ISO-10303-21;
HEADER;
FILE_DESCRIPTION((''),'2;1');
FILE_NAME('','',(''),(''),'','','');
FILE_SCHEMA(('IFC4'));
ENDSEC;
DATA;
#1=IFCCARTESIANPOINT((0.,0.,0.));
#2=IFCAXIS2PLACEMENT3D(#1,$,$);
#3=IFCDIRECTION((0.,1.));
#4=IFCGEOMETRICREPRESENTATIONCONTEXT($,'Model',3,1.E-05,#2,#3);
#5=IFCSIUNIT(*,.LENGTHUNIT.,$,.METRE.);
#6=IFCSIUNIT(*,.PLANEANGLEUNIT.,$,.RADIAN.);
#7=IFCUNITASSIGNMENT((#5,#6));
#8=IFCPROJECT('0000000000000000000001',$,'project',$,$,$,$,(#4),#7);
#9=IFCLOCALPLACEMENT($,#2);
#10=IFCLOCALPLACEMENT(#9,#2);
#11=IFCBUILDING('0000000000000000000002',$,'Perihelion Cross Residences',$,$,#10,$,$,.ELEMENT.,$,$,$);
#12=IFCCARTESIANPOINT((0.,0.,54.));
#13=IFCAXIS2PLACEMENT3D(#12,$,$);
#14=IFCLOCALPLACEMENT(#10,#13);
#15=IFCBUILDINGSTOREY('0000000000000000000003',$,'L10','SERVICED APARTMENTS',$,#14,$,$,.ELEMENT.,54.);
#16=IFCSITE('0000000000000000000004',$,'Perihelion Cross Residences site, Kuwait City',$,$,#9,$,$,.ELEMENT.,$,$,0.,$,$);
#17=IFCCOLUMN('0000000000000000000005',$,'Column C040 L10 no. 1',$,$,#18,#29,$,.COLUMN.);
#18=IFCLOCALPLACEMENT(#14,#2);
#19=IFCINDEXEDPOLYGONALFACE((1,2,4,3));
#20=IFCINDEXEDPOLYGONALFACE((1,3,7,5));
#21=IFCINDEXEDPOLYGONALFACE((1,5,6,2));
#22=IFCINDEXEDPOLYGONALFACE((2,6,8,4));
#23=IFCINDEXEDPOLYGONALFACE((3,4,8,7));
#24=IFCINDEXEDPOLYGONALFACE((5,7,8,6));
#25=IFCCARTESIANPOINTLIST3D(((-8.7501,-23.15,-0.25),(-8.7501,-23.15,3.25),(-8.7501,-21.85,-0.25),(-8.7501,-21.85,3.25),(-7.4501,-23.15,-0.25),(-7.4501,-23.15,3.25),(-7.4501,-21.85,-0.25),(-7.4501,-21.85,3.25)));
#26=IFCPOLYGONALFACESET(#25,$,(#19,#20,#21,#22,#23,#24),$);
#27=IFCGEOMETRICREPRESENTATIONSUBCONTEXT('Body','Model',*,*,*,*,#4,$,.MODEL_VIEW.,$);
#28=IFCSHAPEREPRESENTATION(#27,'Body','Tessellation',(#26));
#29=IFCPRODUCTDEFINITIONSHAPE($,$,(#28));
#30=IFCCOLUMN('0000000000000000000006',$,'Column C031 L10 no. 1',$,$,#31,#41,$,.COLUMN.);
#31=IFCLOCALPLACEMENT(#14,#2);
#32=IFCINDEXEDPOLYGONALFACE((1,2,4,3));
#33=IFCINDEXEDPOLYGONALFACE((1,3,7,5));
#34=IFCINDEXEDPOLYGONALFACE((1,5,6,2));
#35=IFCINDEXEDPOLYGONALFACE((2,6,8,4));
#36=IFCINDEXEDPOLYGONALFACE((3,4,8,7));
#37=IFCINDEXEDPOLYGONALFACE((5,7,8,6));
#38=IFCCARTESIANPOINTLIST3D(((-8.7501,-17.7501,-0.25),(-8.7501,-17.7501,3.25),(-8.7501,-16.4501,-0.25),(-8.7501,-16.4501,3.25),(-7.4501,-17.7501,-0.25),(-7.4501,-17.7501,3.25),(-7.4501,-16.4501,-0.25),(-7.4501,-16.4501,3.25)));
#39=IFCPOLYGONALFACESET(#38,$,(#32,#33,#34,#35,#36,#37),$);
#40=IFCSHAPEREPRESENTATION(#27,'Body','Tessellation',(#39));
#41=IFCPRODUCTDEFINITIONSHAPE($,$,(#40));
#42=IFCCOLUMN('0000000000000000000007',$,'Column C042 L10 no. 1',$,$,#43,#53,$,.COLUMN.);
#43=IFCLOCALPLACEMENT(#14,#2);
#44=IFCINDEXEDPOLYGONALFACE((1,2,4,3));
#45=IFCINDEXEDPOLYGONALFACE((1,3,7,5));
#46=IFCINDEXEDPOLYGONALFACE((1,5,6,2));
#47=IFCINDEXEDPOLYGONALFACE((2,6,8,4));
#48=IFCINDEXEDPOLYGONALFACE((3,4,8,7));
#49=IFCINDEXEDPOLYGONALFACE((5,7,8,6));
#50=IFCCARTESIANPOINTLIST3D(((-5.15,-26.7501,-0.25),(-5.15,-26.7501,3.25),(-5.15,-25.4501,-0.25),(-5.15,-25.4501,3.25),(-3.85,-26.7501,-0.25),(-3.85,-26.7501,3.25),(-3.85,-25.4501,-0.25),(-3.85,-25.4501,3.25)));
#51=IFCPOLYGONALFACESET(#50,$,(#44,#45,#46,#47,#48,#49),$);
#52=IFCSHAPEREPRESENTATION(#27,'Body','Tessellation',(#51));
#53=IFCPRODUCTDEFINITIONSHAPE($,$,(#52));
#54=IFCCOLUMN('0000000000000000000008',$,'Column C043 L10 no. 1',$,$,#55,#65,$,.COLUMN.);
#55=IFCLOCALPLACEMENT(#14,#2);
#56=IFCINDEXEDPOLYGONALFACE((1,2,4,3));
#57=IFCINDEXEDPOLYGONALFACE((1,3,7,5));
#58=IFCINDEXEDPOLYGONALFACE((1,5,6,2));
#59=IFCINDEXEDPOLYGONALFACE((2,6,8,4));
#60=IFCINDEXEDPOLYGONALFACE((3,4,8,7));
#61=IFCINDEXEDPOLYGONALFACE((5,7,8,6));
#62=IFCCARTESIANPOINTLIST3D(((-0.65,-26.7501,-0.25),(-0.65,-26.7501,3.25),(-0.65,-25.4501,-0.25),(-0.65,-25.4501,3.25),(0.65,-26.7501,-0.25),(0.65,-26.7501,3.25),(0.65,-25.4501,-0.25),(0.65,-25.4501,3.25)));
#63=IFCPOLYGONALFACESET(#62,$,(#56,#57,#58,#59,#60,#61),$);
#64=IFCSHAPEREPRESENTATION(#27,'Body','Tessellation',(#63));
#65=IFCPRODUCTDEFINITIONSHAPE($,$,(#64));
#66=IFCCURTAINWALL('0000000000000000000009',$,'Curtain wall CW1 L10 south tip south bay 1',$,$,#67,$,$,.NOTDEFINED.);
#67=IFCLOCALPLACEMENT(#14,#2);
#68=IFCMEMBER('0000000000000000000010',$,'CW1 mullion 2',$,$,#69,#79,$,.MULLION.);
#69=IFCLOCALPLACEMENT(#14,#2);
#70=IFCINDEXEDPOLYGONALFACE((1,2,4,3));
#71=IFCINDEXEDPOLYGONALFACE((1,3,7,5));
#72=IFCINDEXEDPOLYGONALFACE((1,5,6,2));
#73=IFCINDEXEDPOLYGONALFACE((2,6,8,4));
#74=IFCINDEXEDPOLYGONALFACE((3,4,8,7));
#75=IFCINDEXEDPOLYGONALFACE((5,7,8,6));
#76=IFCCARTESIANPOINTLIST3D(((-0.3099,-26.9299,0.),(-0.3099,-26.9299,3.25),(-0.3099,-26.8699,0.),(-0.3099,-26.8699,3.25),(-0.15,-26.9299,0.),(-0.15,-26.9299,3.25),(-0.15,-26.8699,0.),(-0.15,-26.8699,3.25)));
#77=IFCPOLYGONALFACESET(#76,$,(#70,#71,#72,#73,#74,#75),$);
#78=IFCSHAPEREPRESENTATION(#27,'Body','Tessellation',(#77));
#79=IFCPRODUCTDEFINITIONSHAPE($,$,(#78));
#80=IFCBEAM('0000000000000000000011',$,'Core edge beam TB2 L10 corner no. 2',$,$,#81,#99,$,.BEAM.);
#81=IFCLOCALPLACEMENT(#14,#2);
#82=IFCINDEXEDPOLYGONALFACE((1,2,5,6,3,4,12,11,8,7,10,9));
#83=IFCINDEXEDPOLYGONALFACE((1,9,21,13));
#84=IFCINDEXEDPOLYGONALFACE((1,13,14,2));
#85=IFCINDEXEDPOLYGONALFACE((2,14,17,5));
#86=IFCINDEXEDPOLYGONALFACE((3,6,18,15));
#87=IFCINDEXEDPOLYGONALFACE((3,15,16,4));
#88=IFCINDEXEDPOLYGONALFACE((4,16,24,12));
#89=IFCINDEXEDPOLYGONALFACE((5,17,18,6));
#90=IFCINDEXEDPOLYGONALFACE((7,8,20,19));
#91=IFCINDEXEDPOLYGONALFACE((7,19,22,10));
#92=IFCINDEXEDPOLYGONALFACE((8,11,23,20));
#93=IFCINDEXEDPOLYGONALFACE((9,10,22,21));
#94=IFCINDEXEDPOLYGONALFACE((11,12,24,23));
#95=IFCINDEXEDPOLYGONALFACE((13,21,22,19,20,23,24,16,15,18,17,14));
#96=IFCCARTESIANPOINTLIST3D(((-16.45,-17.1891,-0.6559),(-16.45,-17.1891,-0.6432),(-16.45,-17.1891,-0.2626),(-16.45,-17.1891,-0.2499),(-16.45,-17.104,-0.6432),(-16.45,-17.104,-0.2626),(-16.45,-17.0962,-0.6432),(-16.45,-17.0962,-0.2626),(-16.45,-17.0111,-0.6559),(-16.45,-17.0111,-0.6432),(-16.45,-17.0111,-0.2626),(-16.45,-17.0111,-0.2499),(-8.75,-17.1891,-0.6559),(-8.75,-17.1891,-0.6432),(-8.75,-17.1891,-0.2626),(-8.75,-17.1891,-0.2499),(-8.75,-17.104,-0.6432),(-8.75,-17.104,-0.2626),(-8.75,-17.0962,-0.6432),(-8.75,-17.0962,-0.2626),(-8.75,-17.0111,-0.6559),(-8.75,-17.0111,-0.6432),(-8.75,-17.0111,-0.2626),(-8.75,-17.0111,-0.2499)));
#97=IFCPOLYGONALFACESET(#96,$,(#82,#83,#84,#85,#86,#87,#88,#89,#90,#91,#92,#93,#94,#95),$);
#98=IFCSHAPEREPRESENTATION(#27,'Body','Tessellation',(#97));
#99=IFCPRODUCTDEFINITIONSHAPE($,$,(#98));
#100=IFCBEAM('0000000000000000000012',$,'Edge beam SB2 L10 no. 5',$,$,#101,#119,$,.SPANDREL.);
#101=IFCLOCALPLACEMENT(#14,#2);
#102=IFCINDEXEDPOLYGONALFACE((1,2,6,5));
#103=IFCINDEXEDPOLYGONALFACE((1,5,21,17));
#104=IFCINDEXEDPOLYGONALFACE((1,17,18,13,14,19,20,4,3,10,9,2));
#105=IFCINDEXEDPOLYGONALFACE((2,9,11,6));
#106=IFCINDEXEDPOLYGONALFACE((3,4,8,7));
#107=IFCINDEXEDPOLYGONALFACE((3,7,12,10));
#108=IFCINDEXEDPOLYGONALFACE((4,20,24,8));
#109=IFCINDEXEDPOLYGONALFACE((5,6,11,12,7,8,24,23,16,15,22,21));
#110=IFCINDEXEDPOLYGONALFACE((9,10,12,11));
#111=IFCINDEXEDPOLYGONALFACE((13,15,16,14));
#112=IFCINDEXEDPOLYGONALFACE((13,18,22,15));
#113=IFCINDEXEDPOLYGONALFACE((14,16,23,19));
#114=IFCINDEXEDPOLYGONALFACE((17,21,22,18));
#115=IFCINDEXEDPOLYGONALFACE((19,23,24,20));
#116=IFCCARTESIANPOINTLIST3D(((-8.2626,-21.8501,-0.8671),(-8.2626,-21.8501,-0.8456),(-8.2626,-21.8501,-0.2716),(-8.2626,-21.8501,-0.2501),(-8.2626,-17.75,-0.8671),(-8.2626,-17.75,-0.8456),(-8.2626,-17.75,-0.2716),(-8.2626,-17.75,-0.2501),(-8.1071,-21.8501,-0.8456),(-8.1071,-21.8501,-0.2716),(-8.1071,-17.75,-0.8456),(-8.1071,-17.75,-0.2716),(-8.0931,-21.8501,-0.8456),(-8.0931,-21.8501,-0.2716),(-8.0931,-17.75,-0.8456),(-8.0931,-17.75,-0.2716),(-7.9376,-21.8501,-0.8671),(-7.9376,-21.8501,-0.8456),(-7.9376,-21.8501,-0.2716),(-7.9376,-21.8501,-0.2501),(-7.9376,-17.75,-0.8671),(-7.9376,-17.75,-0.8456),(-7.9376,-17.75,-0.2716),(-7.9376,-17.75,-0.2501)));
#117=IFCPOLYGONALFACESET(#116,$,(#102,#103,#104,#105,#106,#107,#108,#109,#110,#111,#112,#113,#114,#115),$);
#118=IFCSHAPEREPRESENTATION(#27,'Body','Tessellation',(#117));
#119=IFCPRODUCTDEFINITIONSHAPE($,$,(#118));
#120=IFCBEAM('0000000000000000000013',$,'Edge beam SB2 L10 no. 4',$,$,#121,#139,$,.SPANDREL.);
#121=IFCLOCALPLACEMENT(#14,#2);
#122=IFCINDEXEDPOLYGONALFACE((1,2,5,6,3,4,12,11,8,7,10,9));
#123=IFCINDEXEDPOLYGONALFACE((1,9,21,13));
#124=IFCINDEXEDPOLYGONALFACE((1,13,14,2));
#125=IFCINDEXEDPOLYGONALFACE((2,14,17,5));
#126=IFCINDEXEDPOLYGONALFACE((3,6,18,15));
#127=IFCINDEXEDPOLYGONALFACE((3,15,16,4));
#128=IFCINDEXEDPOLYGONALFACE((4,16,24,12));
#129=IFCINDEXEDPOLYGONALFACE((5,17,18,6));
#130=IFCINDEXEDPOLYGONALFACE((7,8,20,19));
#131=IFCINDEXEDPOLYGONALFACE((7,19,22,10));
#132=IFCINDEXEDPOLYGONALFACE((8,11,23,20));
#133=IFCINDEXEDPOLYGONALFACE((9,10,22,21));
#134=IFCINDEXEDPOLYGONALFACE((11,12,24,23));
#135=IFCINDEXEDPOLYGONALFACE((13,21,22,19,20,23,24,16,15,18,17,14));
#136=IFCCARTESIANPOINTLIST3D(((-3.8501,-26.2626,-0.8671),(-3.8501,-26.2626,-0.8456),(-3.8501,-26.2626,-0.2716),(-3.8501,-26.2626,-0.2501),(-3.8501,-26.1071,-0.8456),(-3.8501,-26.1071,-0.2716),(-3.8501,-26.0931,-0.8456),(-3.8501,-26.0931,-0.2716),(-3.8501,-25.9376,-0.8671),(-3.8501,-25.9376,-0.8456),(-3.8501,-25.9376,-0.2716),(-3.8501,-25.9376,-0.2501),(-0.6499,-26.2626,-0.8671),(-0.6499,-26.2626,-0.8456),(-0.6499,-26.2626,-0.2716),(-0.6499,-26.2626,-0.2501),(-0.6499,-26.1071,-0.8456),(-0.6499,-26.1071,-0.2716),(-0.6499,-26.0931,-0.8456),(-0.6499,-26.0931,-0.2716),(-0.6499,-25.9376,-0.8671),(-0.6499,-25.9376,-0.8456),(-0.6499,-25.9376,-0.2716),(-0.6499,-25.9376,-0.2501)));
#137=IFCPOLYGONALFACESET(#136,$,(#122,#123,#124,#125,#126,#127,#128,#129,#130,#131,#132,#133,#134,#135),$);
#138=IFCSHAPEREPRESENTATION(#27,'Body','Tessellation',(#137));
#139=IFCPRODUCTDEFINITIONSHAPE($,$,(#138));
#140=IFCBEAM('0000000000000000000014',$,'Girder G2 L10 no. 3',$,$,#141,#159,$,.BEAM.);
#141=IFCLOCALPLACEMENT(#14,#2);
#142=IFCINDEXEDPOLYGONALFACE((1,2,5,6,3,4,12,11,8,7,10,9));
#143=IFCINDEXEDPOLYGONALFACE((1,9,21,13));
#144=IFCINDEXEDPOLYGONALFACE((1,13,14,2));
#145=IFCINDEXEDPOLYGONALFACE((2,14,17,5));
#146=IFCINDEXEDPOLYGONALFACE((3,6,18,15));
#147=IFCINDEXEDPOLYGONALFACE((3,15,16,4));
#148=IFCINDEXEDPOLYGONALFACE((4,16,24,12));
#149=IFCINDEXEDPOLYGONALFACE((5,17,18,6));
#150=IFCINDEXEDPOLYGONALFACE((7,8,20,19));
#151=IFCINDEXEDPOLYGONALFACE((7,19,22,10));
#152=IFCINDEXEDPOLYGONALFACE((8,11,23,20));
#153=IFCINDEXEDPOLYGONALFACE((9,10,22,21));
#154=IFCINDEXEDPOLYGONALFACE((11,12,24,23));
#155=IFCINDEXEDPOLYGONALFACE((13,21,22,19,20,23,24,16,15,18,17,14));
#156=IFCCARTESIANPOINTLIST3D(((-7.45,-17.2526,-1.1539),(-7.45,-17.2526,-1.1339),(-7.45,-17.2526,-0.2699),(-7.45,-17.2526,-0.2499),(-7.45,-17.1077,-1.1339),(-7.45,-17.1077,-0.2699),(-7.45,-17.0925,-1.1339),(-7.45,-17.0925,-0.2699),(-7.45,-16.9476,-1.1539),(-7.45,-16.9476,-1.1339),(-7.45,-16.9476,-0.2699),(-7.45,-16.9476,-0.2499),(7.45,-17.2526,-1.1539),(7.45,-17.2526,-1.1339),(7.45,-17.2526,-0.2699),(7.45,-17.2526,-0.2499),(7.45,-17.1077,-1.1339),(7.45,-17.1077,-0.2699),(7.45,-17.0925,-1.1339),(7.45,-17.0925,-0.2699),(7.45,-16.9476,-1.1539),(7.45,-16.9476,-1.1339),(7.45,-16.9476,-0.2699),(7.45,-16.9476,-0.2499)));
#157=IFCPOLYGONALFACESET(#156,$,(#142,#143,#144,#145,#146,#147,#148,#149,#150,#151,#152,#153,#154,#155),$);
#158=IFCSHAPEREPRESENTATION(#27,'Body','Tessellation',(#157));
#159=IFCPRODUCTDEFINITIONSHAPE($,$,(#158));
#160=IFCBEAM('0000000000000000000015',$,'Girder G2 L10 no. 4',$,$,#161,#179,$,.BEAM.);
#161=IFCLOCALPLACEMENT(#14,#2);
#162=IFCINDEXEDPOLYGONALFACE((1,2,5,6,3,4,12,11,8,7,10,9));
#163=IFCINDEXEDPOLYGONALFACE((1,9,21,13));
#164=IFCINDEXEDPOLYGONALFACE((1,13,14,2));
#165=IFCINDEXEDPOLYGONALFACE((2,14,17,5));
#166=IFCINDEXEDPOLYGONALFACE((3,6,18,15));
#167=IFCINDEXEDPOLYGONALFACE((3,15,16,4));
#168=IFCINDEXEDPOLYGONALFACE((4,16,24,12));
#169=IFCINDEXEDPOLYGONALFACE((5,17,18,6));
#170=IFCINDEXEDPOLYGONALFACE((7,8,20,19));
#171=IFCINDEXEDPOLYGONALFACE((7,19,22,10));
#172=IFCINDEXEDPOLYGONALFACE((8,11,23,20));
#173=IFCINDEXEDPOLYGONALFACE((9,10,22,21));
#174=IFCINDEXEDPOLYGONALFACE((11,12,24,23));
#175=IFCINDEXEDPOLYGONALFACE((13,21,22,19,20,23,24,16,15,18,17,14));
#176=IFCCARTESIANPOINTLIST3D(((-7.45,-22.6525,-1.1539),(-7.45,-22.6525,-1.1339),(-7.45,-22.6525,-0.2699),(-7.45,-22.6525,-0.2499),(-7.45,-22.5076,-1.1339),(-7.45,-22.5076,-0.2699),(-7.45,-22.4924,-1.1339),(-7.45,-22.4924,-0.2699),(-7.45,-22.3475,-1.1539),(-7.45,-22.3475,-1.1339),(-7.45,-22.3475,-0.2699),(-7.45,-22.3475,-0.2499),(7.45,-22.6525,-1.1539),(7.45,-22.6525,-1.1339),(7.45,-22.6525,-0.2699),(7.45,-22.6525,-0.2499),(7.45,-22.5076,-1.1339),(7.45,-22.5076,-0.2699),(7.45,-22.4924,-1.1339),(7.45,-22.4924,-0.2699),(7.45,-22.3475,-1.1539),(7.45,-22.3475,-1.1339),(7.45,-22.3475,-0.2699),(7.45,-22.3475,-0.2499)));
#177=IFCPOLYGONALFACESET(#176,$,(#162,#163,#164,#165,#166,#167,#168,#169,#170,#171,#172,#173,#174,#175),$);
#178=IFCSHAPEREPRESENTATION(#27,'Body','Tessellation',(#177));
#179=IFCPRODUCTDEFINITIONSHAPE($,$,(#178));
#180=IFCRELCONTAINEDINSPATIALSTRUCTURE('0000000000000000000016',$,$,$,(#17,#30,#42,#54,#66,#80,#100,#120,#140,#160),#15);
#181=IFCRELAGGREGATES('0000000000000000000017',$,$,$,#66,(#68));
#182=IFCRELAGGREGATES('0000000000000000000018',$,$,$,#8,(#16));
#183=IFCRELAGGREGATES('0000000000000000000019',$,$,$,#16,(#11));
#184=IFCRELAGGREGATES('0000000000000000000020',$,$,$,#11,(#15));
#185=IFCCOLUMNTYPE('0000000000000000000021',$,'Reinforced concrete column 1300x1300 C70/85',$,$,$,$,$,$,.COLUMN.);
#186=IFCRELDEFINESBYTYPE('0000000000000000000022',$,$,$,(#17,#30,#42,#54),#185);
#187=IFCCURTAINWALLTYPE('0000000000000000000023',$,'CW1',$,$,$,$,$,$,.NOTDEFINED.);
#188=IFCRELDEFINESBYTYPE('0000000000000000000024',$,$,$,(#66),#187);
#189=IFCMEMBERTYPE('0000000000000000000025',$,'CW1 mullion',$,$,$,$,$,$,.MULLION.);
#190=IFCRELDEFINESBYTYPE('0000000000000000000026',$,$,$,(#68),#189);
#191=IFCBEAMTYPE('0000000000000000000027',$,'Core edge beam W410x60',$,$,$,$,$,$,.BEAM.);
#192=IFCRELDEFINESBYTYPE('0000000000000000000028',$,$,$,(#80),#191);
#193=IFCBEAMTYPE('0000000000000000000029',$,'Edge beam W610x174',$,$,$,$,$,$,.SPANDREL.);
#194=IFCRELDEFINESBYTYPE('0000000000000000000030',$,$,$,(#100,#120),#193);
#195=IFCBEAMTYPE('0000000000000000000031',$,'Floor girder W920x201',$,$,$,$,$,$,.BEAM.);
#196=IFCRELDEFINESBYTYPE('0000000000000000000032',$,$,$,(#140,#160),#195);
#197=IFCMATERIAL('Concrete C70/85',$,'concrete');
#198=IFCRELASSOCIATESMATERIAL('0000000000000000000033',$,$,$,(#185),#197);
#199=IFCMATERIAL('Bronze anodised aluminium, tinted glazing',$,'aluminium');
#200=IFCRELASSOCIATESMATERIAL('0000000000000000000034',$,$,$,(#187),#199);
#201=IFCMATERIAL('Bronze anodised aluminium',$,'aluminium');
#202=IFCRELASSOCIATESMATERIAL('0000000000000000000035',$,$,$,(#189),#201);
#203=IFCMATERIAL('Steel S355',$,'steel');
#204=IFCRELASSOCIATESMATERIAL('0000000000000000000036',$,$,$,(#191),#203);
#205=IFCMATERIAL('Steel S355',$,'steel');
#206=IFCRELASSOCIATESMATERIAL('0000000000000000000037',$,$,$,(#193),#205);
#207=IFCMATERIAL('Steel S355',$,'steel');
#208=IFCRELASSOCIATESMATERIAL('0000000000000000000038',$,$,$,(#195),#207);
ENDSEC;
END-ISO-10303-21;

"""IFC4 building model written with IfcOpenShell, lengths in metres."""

from ifc_helpers import new_model, si_unit, direction, frame, origin, origin_2d, place, context, subcontext, project, spatial, rectangle, i_section, extrude, material, material_profile, profile_set, type_object, element, aggregate, save


model = new_model("IFC4")

# Units and contexts
model_context = context("Model", 3, precision=1e-05, world=origin(), true_north=direction((0.0, 1.0)))
body_context = subcontext(model_context, "Body", "Model", "MODEL_VIEW")
ifc_project = project(units=[si_unit("LENGTHUNIT", "METRE"), si_unit("PLANEANGLEUNIT", "RADIAN")], contexts=[model_context])

# Site, building, storey
site_placement = place(None, origin())
site = spatial("IfcSite", under=ifc_project, at=site_placement, Name="Perihelion Cross Residences site, Kuwait City", CompositionType="ELEMENT", RefElevation=0.0)
building_placement = place(site_placement, origin())
building = spatial("IfcBuilding", under=site, at=building_placement, Name="Perihelion Cross Residences", CompositionType="ELEMENT")
storey_placement = place(building_placement, frame((0.0, 0.0, 54.0)))
storey = spatial("IfcBuildingStorey", under=building, at=storey_placement, Name="L10", Description="SERVICED APARTMENTS", CompositionType="ELEMENT", Elevation=54.0)

# Columns
ifc_material_1 = material(Name="Concrete C70/85", Category="concrete")
ifc_material_profile_1 = material_profile(ifc_material_1, rectangle(XDim=1.3, YDim=1.3, at=origin_2d()), Name="RC 1300x1300")
ifc_profile_set_1 = profile_set([ifc_material_profile_1], Name="Concrete C70/85")
column_type = type_object("IfcColumnType", Name="Reinforced concrete column 1300x1300 C70/85", PredefinedType="COLUMN", material=ifc_profile_set_1)
for number, where, z_axis, x_axis, name in (
    (1, (-8.1001, -22.5, -0.25), (0.0, 0.0, 1.0), (1.0, 0.0, 0.0), "Column C040 L10 no. 1"),
    (2, (-8.1001, -17.1001, -0.25), (0.0, 0.0, 1.0), (1.0, 0.0, 0.0), "Column C031 L10 no. 1"),
    (3, (-4.5, -26.1001, -0.25), (0.0, 0.0, 1.0), (1.0, 0.0, 0.0), "Column C042 L10 no. 1"),
    (4, (0.0, -26.1001, -0.25), (0.0, 0.0, 1.0), (1.0, 0.0, 0.0), "Column C043 L10 no. 1"),
):
    element("IfcColumn", number, at=place(storey_placement, frame(where, z_axis=z_axis, x_axis=x_axis)), inside=storey, type_object=column_type, Name=name, PredefinedType="COLUMN", context=body_context, shape_type="SweptSolid", body=[
        extrude(rectangle(XDim=1.3, YDim=1.3, at=origin_2d()), origin(), (0.0, 0.0, 1.0), 3.5),
    ])

# Curtain wall, member
ifc_material_2 = material(Name="Bronze anodised aluminium, tinted glazing", Category="aluminium")
curtain_wall_type = type_object("IfcCurtainWallType", Name="CW1", PredefinedType="NOTDEFINED", material=ifc_material_2)
curtain_wall_placement = place(storey_placement, origin())
curtain_wall = element("IfcCurtainWall", 5, at=curtain_wall_placement, inside=storey, type_object=curtain_wall_type, Name="Curtain wall CW1 L10 south tip south bay 1", PredefinedType="NOTDEFINED")
ifc_material_3 = material(Name="Bronze anodised aluminium", Category="aluminium")
ifc_material_profile_2 = material_profile(ifc_material_3, rectangle(XDim=0.0601, YDim=0.1599, at=origin_2d()), Name="CW1 mullion")
ifc_profile_set_2 = profile_set([ifc_material_profile_2], Name="Bronze anodised aluminium")
member_type = type_object("IfcMemberType", Name="CW1 mullion", PredefinedType="MULLION", material=ifc_profile_set_2)
member_placement = place(storey_placement, frame((-0.23, -26.8999, 0.0), z_axis=(0.0, 0.0, 1.0), x_axis=(0.0, 1.0, 0.0)))
member = element("IfcMember", 6, at=member_placement, type_object=member_type, Name="CW1 mullion 2", PredefinedType="MULLION", context=body_context, shape_type="SweptSolid", body=[
    extrude(rectangle(XDim=0.0601, YDim=0.1599, at=origin_2d()), origin(), (0.0, 0.0, 1.0), 3.25),
])

# Beams
ifc_material_4 = material(Name="Steel S355", Category="steel")
ifc_material_profile_3 = material_profile(ifc_material_4, i_section(OverallWidth=0.178, OverallDepth=0.406, WebThickness=0.0078, FlangeThickness=0.0127, at=origin_2d()), Name="W410x60")
ifc_profile_set_3 = profile_set([ifc_material_profile_3], Name="Steel S355")
beam_type_1 = type_object("IfcBeamType", Name="Core edge beam W410x60", PredefinedType="BEAM", material=ifc_profile_set_3)
beam_1_placement = place(storey_placement, frame((-8.75, -17.1001, -0.4529), z_axis=(-1.0, 0.0, 0.0), x_axis=(0.0, -1.0, 0.0)))
element("IfcBeam", 7, at=beam_1_placement, inside=storey, type_object=beam_type_1, Name="Core edge beam TB2 L10 corner no. 2", PredefinedType="BEAM", context=body_context, shape_type="SweptSolid", body=[
    extrude(i_section(OverallWidth=0.178, OverallDepth=0.406, WebThickness=0.0078, FlangeThickness=0.0127, at=origin_2d()), origin(), (0.0, 0.0, 1.0), 7.7),
])
ifc_material_5 = material(Name="Steel S355", Category="steel")
ifc_material_profile_4 = material_profile(ifc_material_5, i_section(OverallWidth=0.325, OverallDepth=0.6169, WebThickness=0.0139, FlangeThickness=0.0215, at=origin_2d()), Name="W610x174")
ifc_profile_set_4 = profile_set([ifc_material_profile_4], Name="Steel S355")
beam_type_2 = type_object("IfcBeamType", Name="Edge beam W610x174", PredefinedType="SPANDREL", material=ifc_profile_set_4)
beam_2_placement = place(storey_placement, frame((-8.1001, -17.75, -0.5586), z_axis=(0.0, -1.0, 0.0), x_axis=(1.0, 0.0, 0.0)))
element("IfcBeam", 8, at=beam_2_placement, inside=storey, type_object=beam_type_2, Name="Edge beam SB2 L10 no. 5", PredefinedType="SPANDREL", context=body_context, shape_type="SweptSolid", body=[
    extrude(i_section(OverallWidth=0.325, OverallDepth=0.6169, WebThickness=0.0139, FlangeThickness=0.0215, at=origin_2d()), origin(), (0.0, 0.0, 1.0), 4.1001),
])
beam_3_placement = place(storey_placement, frame((-3.8501, -26.1001, -0.5586), z_axis=(1.0, 0.0, 0.0), x_axis=(0.0, 1.0, 0.0)))
element("IfcBeam", 9, at=beam_3_placement, inside=storey, type_object=beam_type_2, Name="Edge beam SB2 L10 no. 4", PredefinedType="SPANDREL", context=body_context, shape_type="SweptSolid", body=[
    extrude(i_section(OverallWidth=0.325, OverallDepth=0.6169, WebThickness=0.0139, FlangeThickness=0.0215, at=origin_2d()), origin(), (0.0, 0.0, 1.0), 3.2002),
])
ifc_material_6 = material(Name="Steel S355", Category="steel")
ifc_material_profile_5 = material_profile(ifc_material_6, i_section(OverallWidth=0.3049, OverallDepth=0.9041, WebThickness=0.0151, FlangeThickness=0.02, at=origin_2d()), Name="W920x201")
ifc_profile_set_5 = profile_set([ifc_material_profile_5], Name="Steel S355")
beam_type_3 = type_object("IfcBeamType", Name="Floor girder W920x201", PredefinedType="BEAM", material=ifc_profile_set_5)
for number, where, z_axis, x_axis, name in (
    (10, (-7.45, -17.1001, -0.7019), (1.0, 0.0, 0.0), (0.0, 1.0, 0.0), "Girder G2 L10 no. 3"),
    (11, (-7.45, -22.5, -0.7019), (1.0, 0.0, 0.0), (0.0, 1.0, 0.0), "Girder G2 L10 no. 4"),
):
    element("IfcBeam", number, at=place(storey_placement, frame(where, z_axis=z_axis, x_axis=x_axis)), inside=storey, type_object=beam_type_3, Name=name, PredefinedType="BEAM", context=body_context, shape_type="SweptSolid", body=[
        extrude(i_section(OverallWidth=0.3049, OverallDepth=0.9041, WebThickness=0.0151, FlangeThickness=0.02, at=origin_2d()), origin(), (0.0, 0.0, 1.0), 14.8999),
    ])

aggregate(curtain_wall, [member])

save(model, "model.ifc")
